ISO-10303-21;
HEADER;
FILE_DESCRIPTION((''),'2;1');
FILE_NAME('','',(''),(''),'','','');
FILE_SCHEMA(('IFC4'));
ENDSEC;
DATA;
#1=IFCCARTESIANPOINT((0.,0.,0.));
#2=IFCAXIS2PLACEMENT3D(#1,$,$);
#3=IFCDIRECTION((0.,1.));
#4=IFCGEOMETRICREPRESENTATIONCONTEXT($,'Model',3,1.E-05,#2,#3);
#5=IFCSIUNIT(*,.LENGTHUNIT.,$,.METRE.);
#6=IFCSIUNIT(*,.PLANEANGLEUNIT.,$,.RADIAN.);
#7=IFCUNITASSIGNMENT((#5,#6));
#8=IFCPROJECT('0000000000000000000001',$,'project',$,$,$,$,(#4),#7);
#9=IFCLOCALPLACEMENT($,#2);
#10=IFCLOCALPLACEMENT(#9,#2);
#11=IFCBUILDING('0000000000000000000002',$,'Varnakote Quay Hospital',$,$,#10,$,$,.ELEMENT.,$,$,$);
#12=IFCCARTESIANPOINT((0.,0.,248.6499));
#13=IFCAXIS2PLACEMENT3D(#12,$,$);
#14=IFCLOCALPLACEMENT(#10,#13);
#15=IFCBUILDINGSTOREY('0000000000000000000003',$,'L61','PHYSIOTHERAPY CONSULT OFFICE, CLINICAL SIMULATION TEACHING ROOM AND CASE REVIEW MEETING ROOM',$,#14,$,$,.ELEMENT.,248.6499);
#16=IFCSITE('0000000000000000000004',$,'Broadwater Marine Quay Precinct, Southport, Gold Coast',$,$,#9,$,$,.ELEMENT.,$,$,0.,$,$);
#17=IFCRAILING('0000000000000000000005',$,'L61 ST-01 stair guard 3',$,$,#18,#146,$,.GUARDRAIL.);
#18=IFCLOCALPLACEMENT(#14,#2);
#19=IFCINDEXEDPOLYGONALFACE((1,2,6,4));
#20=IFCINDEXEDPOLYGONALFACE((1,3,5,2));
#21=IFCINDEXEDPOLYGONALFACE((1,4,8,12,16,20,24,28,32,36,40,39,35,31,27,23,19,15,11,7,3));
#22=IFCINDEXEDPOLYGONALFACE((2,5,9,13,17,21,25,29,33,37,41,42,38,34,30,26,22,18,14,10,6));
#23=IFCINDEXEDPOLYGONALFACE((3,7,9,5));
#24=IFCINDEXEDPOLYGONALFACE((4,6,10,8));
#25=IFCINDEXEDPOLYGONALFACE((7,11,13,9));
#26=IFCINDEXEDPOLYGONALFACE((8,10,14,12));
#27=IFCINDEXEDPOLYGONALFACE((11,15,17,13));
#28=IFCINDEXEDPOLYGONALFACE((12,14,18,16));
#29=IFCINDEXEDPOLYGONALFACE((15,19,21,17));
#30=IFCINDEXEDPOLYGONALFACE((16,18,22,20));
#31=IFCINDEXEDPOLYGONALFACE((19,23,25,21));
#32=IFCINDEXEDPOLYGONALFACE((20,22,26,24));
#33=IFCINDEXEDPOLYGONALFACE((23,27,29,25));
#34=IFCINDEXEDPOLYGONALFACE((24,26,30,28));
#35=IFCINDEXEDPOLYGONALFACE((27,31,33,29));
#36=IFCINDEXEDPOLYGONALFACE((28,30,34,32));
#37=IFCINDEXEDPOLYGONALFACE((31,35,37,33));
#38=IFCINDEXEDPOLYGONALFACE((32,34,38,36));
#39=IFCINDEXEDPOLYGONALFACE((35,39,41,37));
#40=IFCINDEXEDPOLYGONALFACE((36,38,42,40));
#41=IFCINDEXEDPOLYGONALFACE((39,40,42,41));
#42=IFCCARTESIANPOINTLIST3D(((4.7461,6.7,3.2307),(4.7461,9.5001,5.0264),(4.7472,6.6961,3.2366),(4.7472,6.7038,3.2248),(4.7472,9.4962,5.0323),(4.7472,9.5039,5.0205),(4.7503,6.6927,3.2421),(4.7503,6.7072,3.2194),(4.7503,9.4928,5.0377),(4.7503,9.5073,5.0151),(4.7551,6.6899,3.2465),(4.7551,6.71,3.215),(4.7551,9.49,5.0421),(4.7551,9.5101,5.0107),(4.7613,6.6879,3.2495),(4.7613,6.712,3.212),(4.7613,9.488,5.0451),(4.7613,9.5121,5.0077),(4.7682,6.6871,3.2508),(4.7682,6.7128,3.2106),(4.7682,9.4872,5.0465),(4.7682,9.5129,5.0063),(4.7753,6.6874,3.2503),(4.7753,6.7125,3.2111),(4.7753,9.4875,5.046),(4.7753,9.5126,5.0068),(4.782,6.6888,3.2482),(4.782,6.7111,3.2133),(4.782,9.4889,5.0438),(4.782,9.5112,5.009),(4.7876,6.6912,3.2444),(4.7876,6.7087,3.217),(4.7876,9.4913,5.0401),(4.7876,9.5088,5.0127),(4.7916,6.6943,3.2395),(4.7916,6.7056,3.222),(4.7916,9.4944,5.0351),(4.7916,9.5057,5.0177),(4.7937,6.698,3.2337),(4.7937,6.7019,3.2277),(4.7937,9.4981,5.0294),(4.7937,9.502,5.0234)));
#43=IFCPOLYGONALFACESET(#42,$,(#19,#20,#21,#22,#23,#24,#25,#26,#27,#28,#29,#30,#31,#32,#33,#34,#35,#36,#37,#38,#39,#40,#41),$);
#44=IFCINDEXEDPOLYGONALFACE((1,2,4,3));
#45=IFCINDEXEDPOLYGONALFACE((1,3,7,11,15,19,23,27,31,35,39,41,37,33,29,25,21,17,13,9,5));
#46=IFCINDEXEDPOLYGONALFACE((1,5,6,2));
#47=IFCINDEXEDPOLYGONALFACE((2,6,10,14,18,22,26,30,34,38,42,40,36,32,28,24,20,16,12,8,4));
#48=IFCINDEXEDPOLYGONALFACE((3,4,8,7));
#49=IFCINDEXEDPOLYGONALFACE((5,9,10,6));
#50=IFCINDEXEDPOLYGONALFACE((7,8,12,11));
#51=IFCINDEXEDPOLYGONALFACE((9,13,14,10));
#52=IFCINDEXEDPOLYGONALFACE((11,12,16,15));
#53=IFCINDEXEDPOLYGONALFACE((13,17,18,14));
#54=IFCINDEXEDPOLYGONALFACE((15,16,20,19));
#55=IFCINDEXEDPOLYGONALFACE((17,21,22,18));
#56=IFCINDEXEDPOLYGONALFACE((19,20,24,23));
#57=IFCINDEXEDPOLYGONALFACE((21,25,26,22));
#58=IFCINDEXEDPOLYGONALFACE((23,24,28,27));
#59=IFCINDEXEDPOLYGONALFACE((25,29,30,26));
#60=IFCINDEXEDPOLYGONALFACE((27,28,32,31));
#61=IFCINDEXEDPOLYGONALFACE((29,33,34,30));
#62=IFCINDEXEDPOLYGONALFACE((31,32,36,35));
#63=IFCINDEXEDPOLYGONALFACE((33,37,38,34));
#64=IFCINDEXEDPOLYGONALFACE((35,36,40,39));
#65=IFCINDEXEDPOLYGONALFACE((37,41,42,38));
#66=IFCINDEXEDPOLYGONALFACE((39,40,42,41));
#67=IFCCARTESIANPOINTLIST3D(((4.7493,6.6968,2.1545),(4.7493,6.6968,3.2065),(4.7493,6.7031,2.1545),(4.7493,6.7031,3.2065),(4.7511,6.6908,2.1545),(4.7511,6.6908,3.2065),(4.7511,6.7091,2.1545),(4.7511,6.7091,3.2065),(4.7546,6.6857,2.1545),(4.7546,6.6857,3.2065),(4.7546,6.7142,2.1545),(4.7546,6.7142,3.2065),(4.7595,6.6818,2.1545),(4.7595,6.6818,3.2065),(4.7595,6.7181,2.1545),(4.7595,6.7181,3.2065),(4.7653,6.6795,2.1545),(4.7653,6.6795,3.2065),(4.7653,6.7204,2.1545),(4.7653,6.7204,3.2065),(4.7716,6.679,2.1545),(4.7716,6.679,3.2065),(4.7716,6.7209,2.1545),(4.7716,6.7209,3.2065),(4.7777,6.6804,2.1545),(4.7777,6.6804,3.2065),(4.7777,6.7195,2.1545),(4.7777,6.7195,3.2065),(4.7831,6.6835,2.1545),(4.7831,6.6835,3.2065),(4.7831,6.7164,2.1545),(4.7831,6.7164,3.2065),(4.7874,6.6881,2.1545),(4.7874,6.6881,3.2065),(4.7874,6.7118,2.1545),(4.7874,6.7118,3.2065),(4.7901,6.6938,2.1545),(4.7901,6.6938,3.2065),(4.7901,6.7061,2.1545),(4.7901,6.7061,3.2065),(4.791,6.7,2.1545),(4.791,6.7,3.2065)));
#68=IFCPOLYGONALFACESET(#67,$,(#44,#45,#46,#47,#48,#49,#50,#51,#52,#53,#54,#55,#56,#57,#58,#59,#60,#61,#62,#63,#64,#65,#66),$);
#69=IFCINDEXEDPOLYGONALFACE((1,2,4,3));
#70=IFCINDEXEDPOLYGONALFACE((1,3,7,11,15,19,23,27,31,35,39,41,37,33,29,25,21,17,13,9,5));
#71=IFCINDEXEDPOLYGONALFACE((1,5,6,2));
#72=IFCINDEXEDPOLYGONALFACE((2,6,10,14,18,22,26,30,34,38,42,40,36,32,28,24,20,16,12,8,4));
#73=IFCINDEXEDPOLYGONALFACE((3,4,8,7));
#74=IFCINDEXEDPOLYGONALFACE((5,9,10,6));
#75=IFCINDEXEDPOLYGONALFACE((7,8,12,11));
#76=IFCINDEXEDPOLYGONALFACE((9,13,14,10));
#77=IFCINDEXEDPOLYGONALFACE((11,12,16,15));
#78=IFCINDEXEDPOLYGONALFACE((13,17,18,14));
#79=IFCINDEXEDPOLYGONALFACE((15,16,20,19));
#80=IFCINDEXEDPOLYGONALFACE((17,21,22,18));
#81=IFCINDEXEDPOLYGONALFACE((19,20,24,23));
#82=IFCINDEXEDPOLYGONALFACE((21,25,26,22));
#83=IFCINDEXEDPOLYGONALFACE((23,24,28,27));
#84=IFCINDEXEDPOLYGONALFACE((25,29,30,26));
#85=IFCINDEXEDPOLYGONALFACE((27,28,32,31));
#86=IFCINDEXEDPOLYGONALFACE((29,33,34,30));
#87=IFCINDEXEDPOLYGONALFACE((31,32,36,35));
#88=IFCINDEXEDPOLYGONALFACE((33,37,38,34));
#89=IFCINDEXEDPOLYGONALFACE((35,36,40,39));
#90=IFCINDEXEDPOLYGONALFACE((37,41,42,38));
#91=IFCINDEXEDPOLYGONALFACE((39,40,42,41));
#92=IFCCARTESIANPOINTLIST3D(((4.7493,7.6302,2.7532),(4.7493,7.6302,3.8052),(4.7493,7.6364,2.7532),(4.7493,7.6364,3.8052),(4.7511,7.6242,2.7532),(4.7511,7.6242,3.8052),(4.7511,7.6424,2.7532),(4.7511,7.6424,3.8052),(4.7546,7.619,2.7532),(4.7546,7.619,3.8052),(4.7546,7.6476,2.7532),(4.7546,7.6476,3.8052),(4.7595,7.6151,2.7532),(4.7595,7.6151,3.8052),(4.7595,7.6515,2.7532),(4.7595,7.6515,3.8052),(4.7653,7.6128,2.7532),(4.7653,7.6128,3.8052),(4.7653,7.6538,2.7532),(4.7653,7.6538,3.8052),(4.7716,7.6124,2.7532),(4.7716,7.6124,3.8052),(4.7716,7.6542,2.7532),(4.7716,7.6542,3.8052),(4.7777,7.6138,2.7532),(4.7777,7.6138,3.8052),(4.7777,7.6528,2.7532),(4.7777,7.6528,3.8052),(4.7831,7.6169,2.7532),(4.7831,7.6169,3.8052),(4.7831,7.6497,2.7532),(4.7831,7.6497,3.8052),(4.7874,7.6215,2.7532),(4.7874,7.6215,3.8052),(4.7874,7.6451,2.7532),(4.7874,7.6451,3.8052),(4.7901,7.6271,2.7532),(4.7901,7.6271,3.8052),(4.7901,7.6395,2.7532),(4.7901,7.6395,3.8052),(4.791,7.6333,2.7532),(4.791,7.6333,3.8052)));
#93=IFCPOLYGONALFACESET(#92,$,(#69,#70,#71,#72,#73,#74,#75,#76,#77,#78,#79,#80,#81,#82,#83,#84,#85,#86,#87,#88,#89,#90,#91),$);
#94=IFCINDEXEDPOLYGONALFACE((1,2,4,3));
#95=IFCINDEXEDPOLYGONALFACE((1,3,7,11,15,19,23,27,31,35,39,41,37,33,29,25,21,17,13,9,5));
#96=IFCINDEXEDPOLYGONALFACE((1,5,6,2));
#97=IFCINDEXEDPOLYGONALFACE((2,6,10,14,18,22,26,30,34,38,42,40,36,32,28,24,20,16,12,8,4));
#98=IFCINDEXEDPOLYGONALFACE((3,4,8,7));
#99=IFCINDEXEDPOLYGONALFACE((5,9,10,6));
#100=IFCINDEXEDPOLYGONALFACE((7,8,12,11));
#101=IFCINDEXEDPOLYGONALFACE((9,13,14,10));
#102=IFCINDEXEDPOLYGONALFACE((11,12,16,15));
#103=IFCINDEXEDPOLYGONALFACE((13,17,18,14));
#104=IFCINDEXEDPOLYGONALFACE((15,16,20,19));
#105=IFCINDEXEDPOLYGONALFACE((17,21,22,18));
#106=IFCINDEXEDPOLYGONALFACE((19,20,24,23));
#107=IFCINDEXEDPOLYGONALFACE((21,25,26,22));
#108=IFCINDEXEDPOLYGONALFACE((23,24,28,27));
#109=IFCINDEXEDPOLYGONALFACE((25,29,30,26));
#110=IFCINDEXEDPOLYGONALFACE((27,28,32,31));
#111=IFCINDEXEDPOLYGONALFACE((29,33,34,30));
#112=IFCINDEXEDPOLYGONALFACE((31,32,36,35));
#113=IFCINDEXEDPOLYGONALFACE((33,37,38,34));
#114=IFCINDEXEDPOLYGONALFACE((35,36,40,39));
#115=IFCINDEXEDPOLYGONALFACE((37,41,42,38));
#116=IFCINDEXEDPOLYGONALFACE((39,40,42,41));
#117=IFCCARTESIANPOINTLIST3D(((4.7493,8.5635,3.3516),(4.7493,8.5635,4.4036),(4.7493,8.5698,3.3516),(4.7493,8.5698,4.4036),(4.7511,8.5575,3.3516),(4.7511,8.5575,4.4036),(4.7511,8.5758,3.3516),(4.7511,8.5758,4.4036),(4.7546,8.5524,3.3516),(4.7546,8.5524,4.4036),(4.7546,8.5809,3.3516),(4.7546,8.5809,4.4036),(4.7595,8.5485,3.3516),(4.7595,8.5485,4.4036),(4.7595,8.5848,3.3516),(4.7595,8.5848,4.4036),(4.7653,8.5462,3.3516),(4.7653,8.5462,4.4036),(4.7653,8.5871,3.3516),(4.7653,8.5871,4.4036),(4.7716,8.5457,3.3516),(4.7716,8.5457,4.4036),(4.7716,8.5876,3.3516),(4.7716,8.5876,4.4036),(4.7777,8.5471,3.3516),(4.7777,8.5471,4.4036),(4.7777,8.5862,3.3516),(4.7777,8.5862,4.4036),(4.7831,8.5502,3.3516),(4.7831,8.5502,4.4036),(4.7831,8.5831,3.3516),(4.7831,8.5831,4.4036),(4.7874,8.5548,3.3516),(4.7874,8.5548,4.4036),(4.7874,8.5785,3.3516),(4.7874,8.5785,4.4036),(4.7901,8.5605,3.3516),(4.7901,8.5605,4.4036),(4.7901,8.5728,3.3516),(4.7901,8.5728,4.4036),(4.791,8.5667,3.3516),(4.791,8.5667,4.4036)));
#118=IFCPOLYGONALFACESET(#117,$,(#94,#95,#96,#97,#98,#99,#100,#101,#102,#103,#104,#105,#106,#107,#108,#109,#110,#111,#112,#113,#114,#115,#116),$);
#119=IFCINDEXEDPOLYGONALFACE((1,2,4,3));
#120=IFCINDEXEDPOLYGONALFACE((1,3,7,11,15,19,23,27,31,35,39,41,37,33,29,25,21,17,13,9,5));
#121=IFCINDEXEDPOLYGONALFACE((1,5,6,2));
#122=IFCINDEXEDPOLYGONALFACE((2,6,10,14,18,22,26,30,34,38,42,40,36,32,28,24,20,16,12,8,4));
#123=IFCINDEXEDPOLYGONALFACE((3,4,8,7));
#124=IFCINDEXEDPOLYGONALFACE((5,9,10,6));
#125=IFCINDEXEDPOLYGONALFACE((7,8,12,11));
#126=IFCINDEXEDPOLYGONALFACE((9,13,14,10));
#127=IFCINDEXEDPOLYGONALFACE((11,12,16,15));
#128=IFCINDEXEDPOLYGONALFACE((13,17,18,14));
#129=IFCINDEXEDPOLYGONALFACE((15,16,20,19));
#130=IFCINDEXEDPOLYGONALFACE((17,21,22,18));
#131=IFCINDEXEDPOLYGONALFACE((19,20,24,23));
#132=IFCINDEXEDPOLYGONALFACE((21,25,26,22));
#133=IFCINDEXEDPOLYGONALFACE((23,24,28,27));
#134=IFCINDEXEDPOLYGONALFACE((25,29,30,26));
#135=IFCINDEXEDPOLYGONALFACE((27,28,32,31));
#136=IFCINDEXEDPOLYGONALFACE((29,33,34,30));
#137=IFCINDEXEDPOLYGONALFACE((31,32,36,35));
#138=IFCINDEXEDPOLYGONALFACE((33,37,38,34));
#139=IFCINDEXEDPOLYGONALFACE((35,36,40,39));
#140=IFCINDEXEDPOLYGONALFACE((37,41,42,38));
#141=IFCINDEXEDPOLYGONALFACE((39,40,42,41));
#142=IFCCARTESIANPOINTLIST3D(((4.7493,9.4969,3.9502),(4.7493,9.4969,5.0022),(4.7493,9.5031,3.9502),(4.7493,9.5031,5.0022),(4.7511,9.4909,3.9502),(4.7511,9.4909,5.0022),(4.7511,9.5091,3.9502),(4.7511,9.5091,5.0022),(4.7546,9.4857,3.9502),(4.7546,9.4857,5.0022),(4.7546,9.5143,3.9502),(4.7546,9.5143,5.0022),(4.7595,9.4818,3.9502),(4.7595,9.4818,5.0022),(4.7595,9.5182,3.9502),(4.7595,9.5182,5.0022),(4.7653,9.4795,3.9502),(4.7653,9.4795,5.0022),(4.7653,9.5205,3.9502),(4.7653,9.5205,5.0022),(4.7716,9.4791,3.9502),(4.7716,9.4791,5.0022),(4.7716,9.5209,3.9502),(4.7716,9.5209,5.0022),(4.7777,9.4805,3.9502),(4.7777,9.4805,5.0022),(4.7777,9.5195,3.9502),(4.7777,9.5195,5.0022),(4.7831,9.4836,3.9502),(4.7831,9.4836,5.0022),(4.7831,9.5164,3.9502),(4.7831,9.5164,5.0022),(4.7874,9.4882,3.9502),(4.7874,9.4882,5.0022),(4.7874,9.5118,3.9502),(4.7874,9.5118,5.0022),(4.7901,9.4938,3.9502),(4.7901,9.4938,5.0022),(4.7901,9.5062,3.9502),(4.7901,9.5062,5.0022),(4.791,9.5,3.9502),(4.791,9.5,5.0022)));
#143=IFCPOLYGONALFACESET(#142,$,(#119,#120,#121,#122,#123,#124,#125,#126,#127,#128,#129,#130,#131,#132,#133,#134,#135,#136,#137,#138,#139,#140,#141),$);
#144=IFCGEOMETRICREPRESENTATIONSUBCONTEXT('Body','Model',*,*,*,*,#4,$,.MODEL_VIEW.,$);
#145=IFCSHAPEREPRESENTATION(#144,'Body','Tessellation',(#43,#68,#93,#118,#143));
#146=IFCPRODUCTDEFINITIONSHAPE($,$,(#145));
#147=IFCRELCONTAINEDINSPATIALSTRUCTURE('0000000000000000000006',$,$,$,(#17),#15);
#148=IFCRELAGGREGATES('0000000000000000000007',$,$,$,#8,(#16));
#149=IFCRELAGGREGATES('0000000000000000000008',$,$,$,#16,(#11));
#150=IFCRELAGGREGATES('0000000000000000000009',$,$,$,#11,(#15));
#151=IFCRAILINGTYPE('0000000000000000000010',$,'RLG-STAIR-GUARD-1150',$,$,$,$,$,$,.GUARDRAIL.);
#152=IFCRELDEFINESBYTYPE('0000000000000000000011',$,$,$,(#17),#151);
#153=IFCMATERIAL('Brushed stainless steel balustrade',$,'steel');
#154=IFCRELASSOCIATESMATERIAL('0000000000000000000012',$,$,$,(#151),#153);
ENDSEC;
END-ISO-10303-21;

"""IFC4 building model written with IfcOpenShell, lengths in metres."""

from ifc_helpers import new_model, si_unit, direction, frame, origin, origin_2d, place, context, subcontext, project, spatial, circle, extrude, material, type_object, element, save


model = new_model("IFC4")

# Units and contexts
model_context = context("Model", 3, precision=1e-05, world=origin(), true_north=direction((0.0, 1.0)))
body_context = subcontext(model_context, "Body", "Model", "MODEL_VIEW")
ifc_project = project(units=[si_unit("LENGTHUNIT", "METRE"), si_unit("PLANEANGLEUNIT", "RADIAN")], contexts=[model_context])

# Site, building, storey
site_placement = place(None, origin())
site = spatial("IfcSite", under=ifc_project, at=site_placement, Name="Broadwater Marine Quay Precinct, Southport, Gold Coast", CompositionType="ELEMENT", RefElevation=0.0)
building_placement = place(site_placement, origin())
building = spatial("IfcBuilding", under=site, at=building_placement, Name="Varnakote Quay Hospital", CompositionType="ELEMENT")
storey_placement = place(building_placement, frame((0.0, 0.0, 248.6499)))
storey = spatial("IfcBuildingStorey", under=building, at=storey_placement, Name="L61", Description="PHYSIOTHERAPY CONSULT OFFICE, CLINICAL SIMULATION TEACHING ROOM AND CASE REVIEW MEETING ROOM", CompositionType="ELEMENT", Elevation=248.6499)

# Railing
ifc_material_1 = material(Name="Brushed stainless steel balustrade", Category="steel")
railing_type_1 = type_object("IfcRailingType", Name="RLG-STAIR-GUARD-1150", PredefinedType="GUARDRAIL", material=ifc_material_1)
railing_1_placement = place(storey_placement, frame((4.77, 6.7, 2.1545)))
element("IfcRailing", 1, at=railing_1_placement, inside=storey, type_object=railing_type_1, Name="L61 ST-01 stair guard 3", PredefinedType="GUARDRAIL", context=body_context, shape_type="SweptSolid", body=[
    extrude(circle(Radius=0.0239, at=origin_2d()), frame((0.0, 0.0, 1.0762), z_axis=(0.0, 0.841777, 0.539826), x_axis=(-1.0, 0.0, 0.0)), (0.0, 0.0, 1.0), 3.3264),
    extrude(circle(Radius=0.021, at=origin_2d()), origin(), (0.0, 0.0, 1.0), 1.052),
    extrude(circle(Radius=0.021, at=origin_2d()), frame((0.0, 0.9333, 0.5986)), (0.0, 0.0, 1.0), 1.052),
    extrude(circle(Radius=0.021, at=origin_2d()), frame((0.0, 1.8667, 1.197)), (0.0, 0.0, 1.0), 1.052),
    extrude(circle(Radius=0.021, at=origin_2d()), frame((0.0, 2.8, 1.7957)), (0.0, 0.0, 1.0), 1.052),
])

save(model, "model.ifc")
